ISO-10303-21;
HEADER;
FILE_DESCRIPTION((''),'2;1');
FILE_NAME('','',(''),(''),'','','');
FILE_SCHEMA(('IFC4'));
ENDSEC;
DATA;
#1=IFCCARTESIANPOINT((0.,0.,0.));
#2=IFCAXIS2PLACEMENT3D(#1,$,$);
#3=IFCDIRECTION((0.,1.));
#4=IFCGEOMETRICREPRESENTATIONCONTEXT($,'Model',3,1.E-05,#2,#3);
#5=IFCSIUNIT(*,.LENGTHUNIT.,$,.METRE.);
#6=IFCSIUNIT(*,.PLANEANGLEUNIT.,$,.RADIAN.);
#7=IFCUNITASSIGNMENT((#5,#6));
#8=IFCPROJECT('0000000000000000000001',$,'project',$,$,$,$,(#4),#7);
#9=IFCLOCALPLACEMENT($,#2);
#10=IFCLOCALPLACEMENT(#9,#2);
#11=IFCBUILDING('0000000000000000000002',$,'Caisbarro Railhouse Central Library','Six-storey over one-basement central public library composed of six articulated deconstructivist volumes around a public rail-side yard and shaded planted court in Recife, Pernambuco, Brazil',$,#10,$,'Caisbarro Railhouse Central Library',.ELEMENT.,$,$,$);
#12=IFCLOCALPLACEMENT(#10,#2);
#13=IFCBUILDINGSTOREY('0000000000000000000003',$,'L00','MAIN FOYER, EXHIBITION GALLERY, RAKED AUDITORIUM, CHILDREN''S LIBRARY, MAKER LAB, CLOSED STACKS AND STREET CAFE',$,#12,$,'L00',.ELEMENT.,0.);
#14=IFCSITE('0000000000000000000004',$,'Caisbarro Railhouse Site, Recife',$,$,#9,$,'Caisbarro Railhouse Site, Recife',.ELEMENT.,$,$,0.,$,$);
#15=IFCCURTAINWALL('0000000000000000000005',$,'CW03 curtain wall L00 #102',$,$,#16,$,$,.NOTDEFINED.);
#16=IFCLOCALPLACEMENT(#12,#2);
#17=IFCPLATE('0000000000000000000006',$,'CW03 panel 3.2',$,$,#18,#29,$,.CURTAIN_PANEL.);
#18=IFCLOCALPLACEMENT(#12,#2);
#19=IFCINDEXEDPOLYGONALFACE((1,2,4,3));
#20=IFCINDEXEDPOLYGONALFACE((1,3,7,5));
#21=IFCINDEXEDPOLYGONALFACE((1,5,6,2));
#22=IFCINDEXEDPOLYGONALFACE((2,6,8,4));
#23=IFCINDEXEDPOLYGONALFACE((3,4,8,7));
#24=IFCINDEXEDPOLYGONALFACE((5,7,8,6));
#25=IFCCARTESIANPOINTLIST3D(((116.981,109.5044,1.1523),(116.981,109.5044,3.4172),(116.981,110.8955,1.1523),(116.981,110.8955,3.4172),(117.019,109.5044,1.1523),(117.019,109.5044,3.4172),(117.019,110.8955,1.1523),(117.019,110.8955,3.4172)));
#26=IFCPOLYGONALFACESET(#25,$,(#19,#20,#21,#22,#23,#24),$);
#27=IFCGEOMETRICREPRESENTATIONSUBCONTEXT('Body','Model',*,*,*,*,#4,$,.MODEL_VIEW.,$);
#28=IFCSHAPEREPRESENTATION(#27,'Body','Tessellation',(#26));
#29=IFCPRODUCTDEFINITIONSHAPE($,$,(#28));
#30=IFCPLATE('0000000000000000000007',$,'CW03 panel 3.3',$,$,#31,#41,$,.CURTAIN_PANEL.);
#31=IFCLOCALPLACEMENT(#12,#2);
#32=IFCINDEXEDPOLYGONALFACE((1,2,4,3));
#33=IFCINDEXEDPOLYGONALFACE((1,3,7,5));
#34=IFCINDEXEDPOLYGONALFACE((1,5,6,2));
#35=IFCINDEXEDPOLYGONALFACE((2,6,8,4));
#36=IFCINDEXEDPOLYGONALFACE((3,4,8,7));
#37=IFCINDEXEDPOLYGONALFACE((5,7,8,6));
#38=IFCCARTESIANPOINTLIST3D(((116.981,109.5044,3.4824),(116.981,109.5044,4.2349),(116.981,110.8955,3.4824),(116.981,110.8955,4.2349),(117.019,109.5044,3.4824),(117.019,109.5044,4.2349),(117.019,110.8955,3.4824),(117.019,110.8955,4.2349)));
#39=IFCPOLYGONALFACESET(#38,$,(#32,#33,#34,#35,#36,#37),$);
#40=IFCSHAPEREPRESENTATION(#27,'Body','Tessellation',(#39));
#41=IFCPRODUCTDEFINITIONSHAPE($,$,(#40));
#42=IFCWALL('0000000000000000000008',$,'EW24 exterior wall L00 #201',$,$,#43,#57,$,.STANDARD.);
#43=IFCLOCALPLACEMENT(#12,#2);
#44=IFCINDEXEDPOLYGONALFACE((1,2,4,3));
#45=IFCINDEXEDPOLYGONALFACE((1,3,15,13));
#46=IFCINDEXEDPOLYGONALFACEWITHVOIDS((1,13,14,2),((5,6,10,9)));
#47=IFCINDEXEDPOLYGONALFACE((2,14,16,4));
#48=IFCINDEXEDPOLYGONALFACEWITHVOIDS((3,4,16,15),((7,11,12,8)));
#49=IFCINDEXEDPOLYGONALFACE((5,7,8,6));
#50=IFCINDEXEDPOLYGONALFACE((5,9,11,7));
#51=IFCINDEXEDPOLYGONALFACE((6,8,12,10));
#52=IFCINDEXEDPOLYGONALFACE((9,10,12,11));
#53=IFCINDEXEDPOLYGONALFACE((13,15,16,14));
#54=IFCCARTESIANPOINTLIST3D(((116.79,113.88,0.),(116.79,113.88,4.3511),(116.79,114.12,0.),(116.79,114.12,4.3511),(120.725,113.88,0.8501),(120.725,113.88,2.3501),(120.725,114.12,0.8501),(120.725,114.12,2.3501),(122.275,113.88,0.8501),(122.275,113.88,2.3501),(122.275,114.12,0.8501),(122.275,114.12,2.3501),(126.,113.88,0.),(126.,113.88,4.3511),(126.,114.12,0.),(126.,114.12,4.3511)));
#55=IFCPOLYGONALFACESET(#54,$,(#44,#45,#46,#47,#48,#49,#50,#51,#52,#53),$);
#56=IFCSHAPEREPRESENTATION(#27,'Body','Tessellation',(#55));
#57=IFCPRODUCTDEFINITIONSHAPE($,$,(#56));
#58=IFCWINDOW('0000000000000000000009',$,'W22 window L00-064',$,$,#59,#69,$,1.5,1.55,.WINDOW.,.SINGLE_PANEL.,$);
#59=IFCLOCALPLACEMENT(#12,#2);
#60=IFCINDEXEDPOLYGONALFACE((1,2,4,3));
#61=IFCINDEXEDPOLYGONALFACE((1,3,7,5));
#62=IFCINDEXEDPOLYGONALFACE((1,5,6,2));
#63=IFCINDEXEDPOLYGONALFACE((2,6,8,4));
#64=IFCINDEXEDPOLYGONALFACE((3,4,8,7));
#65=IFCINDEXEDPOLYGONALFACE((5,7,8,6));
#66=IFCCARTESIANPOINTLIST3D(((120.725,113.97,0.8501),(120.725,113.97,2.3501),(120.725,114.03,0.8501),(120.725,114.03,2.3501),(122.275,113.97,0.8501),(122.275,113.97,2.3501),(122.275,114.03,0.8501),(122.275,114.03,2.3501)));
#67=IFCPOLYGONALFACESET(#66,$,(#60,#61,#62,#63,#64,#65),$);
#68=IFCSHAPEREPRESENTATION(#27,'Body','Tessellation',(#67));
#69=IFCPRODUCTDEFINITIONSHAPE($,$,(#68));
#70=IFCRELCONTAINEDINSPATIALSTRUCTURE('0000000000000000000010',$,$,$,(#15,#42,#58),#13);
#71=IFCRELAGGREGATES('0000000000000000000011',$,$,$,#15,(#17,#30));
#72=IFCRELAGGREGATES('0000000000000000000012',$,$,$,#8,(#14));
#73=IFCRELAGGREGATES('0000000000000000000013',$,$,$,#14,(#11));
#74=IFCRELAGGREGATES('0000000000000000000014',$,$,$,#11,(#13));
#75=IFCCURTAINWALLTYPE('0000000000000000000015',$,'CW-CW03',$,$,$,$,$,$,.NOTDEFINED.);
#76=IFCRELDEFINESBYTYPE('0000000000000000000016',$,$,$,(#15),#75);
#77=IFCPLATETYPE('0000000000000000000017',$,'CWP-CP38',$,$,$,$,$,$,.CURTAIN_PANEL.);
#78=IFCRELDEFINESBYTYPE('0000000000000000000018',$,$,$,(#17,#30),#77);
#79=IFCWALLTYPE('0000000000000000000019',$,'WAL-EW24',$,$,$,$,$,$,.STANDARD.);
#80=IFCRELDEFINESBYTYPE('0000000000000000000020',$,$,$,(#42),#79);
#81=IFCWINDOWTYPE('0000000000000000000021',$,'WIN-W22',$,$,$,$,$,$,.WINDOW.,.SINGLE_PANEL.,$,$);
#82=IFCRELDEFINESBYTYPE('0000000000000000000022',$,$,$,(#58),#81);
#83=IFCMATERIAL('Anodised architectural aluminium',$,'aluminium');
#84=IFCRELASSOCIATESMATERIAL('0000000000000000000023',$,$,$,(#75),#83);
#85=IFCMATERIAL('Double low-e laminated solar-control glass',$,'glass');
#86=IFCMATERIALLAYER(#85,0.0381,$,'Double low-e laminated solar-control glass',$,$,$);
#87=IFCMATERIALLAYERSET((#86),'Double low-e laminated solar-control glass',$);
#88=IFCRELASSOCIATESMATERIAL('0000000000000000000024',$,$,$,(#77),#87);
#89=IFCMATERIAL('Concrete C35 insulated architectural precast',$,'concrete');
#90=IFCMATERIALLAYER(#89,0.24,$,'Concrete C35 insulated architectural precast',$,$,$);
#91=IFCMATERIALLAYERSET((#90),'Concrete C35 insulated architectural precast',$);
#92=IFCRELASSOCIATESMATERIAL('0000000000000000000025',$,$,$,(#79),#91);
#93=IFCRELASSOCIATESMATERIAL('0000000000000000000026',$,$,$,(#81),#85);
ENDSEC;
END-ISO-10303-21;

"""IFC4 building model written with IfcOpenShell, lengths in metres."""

from ifc_helpers import new_model, si_unit, direction, frame, frame_2d, origin, origin_2d, place, context, subcontext, project, spatial, rectangle, extrude, material, layer, layer_set, type_object, element, fill, aggregate, save


model = new_model("IFC4")

# Units and contexts
model_context = context("Model", 3, precision=1e-05, world=origin(), true_north=direction((0.0, 1.0)))
body_context = subcontext(model_context, "Body", "Model", "MODEL_VIEW")
ifc_project = project(units=[si_unit("LENGTHUNIT", "METRE"), si_unit("PLANEANGLEUNIT", "RADIAN")], contexts=[model_context])

# Site, building, storey
site_placement = place(None, origin())
site = spatial("IfcSite", under=ifc_project, at=site_placement, Name="Caisbarro Railhouse Site, Recife", LongName="Caisbarro Railhouse Site, Recife", CompositionType="ELEMENT", RefElevation=0.0)
building_placement = place(site_placement, origin())
building = spatial("IfcBuilding", under=site, at=building_placement, Name="Caisbarro Railhouse Central Library", Description="Six-storey over one-basement central public library composed of six articulated deconstructivist volumes around a public rail-side yard and shaded planted court in Recife, Pernambuco, Brazil", LongName="Caisbarro Railhouse Central Library", CompositionType="ELEMENT")
storey_placement = place(building_placement, origin())
storey = spatial("IfcBuildingStorey", under=building, at=storey_placement, Name="L00", Description="MAIN FOYER, EXHIBITION GALLERY, RAKED AUDITORIUM, CHILDREN'S LIBRARY, MAKER LAB, CLOSED STACKS AND STREET CAFE", LongName="L00", CompositionType="ELEMENT", Elevation=0.0)

# Curtain wall, plates
ifc_material_1 = material(Name="Anodised architectural aluminium", Category="aluminium")
curtain_wall_type = type_object("IfcCurtainWallType", Name="CW-CW03", PredefinedType="NOTDEFINED", material=ifc_material_1)
curtain_wall_placement = place(storey_placement, origin())
curtain_wall = element("IfcCurtainWall", 1, at=curtain_wall_placement, inside=storey, type_object=curtain_wall_type, Name="CW03 curtain wall L00 #102", PredefinedType="NOTDEFINED")
ifc_material_2 = material(Name="Double low-e laminated solar-control glass", Category="glass")
ifc_layer_1 = layer(ifc_material_2, 0.0381, Name="Double low-e laminated solar-control glass")
ifc_layer_set_1 = layer_set([ifc_layer_1], Name="Double low-e laminated solar-control glass")
plate_type = type_object("IfcPlateType", Name="CWP-CP38", PredefinedType="CURTAIN_PANEL", material=ifc_layer_set_1)
plate_1_placement = place(storey_placement, frame((117.0, 110.2, 1.1523), z_axis=(0.0, 0.0, 1.0), x_axis=(0.0, 1.0, 0.0)))
plate_1 = element("IfcPlate", 2, at=plate_1_placement, type_object=plate_type, Name="CW03 panel 3.2", PredefinedType="CURTAIN_PANEL", context=body_context, shape_type="SweptSolid", body=[
    extrude(rectangle(XDim=1.3911, YDim=0.0381, at=origin_2d()), origin(), (0.0, 0.0, 1.0), 2.2649),
])
plate_2_placement = place(storey_placement, frame((117.0, 110.2, 3.4824), z_axis=(0.0, 0.0, 1.0), x_axis=(0.0, 1.0, 0.0)))
plate_2 = element("IfcPlate", 3, at=plate_2_placement, type_object=plate_type, Name="CW03 panel 3.3", PredefinedType="CURTAIN_PANEL", context=body_context, shape_type="SweptSolid", body=[
    extrude(rectangle(XDim=1.3911, YDim=0.0381, at=origin_2d()), origin(), (0.0, 0.0, 1.0), 0.7524),
])
aggregate(curtain_wall, [plate_1, plate_2])

# Wall, opening, window
ifc_material_3 = material(Name="Concrete C35 insulated architectural precast", Category="concrete")
ifc_layer_2 = layer(ifc_material_3, 0.24, Name="Concrete C35 insulated architectural precast")
ifc_layer_set_2 = layer_set([ifc_layer_2], Name="Concrete C35 insulated architectural precast")
wall_type = type_object("IfcWallType", Name="WAL-EW24", PredefinedType="STANDARD", material=ifc_layer_set_2)
wall_placement = place(storey_placement, frame((116.79, 114.0, 0.0), z_axis=(0.0, 0.0, 1.0), x_axis=(1.0, 0.0, 0.0)))
wall = element("IfcWall", 4, at=wall_placement, inside=storey, type_object=wall_type, Name="EW24 exterior wall L00 #201", PredefinedType="STANDARD", context=body_context, shape_type="SweptSolid", body=[
    extrude(rectangle(XDim=9.21, YDim=0.24, at=frame_2d((4.605, 0.0))), origin(), (0.0, 0.0, 1.0), 4.3511),
])
opening_placement = place(wall_placement, frame((3.9351, 0.0, 0.8501)))
opening = element("IfcOpeningElement", 5, at=opening_placement, cuts=wall, PredefinedType="OPENING", context=body_context, shape_type="SweptSolid", body=[
    extrude(rectangle(XDim=1.55, YDim=1.5, at=frame_2d((0.7749, 0.75))), frame((0.0, 0.1299, 0.0), z_axis=(0.0, -1.0, 0.0), x_axis=(1.0, 0.0, 0.0)), (0.0, 0.0, 1.0), 0.26),
])
window_type = type_object("IfcWindowType", Name="WIN-W22", PartitioningType="SINGLE_PANEL", PredefinedType="WINDOW", material=ifc_material_2)
window_placement = place(opening_placement, origin())
window = element("IfcWindow", 6, at=window_placement, inside=storey, type_object=window_type, Name="W22 window L00-064", OverallHeight=1.5, OverallWidth=1.55, PartitioningType="SINGLE_PANEL", PredefinedType="WINDOW", context=body_context, shape_type="SweptSolid", body=[
    extrude(rectangle(XDim=1.55, YDim=1.5, at=frame_2d((0.7749, 0.75))), frame((0.0, 0.03, 0.0), z_axis=(0.0, -1.0, 0.0), x_axis=(1.0, 0.0, 0.0)), (0.0, 0.0, 1.0), 0.0601),
])
fill(opening, window)

save(model, "model.ifc")
